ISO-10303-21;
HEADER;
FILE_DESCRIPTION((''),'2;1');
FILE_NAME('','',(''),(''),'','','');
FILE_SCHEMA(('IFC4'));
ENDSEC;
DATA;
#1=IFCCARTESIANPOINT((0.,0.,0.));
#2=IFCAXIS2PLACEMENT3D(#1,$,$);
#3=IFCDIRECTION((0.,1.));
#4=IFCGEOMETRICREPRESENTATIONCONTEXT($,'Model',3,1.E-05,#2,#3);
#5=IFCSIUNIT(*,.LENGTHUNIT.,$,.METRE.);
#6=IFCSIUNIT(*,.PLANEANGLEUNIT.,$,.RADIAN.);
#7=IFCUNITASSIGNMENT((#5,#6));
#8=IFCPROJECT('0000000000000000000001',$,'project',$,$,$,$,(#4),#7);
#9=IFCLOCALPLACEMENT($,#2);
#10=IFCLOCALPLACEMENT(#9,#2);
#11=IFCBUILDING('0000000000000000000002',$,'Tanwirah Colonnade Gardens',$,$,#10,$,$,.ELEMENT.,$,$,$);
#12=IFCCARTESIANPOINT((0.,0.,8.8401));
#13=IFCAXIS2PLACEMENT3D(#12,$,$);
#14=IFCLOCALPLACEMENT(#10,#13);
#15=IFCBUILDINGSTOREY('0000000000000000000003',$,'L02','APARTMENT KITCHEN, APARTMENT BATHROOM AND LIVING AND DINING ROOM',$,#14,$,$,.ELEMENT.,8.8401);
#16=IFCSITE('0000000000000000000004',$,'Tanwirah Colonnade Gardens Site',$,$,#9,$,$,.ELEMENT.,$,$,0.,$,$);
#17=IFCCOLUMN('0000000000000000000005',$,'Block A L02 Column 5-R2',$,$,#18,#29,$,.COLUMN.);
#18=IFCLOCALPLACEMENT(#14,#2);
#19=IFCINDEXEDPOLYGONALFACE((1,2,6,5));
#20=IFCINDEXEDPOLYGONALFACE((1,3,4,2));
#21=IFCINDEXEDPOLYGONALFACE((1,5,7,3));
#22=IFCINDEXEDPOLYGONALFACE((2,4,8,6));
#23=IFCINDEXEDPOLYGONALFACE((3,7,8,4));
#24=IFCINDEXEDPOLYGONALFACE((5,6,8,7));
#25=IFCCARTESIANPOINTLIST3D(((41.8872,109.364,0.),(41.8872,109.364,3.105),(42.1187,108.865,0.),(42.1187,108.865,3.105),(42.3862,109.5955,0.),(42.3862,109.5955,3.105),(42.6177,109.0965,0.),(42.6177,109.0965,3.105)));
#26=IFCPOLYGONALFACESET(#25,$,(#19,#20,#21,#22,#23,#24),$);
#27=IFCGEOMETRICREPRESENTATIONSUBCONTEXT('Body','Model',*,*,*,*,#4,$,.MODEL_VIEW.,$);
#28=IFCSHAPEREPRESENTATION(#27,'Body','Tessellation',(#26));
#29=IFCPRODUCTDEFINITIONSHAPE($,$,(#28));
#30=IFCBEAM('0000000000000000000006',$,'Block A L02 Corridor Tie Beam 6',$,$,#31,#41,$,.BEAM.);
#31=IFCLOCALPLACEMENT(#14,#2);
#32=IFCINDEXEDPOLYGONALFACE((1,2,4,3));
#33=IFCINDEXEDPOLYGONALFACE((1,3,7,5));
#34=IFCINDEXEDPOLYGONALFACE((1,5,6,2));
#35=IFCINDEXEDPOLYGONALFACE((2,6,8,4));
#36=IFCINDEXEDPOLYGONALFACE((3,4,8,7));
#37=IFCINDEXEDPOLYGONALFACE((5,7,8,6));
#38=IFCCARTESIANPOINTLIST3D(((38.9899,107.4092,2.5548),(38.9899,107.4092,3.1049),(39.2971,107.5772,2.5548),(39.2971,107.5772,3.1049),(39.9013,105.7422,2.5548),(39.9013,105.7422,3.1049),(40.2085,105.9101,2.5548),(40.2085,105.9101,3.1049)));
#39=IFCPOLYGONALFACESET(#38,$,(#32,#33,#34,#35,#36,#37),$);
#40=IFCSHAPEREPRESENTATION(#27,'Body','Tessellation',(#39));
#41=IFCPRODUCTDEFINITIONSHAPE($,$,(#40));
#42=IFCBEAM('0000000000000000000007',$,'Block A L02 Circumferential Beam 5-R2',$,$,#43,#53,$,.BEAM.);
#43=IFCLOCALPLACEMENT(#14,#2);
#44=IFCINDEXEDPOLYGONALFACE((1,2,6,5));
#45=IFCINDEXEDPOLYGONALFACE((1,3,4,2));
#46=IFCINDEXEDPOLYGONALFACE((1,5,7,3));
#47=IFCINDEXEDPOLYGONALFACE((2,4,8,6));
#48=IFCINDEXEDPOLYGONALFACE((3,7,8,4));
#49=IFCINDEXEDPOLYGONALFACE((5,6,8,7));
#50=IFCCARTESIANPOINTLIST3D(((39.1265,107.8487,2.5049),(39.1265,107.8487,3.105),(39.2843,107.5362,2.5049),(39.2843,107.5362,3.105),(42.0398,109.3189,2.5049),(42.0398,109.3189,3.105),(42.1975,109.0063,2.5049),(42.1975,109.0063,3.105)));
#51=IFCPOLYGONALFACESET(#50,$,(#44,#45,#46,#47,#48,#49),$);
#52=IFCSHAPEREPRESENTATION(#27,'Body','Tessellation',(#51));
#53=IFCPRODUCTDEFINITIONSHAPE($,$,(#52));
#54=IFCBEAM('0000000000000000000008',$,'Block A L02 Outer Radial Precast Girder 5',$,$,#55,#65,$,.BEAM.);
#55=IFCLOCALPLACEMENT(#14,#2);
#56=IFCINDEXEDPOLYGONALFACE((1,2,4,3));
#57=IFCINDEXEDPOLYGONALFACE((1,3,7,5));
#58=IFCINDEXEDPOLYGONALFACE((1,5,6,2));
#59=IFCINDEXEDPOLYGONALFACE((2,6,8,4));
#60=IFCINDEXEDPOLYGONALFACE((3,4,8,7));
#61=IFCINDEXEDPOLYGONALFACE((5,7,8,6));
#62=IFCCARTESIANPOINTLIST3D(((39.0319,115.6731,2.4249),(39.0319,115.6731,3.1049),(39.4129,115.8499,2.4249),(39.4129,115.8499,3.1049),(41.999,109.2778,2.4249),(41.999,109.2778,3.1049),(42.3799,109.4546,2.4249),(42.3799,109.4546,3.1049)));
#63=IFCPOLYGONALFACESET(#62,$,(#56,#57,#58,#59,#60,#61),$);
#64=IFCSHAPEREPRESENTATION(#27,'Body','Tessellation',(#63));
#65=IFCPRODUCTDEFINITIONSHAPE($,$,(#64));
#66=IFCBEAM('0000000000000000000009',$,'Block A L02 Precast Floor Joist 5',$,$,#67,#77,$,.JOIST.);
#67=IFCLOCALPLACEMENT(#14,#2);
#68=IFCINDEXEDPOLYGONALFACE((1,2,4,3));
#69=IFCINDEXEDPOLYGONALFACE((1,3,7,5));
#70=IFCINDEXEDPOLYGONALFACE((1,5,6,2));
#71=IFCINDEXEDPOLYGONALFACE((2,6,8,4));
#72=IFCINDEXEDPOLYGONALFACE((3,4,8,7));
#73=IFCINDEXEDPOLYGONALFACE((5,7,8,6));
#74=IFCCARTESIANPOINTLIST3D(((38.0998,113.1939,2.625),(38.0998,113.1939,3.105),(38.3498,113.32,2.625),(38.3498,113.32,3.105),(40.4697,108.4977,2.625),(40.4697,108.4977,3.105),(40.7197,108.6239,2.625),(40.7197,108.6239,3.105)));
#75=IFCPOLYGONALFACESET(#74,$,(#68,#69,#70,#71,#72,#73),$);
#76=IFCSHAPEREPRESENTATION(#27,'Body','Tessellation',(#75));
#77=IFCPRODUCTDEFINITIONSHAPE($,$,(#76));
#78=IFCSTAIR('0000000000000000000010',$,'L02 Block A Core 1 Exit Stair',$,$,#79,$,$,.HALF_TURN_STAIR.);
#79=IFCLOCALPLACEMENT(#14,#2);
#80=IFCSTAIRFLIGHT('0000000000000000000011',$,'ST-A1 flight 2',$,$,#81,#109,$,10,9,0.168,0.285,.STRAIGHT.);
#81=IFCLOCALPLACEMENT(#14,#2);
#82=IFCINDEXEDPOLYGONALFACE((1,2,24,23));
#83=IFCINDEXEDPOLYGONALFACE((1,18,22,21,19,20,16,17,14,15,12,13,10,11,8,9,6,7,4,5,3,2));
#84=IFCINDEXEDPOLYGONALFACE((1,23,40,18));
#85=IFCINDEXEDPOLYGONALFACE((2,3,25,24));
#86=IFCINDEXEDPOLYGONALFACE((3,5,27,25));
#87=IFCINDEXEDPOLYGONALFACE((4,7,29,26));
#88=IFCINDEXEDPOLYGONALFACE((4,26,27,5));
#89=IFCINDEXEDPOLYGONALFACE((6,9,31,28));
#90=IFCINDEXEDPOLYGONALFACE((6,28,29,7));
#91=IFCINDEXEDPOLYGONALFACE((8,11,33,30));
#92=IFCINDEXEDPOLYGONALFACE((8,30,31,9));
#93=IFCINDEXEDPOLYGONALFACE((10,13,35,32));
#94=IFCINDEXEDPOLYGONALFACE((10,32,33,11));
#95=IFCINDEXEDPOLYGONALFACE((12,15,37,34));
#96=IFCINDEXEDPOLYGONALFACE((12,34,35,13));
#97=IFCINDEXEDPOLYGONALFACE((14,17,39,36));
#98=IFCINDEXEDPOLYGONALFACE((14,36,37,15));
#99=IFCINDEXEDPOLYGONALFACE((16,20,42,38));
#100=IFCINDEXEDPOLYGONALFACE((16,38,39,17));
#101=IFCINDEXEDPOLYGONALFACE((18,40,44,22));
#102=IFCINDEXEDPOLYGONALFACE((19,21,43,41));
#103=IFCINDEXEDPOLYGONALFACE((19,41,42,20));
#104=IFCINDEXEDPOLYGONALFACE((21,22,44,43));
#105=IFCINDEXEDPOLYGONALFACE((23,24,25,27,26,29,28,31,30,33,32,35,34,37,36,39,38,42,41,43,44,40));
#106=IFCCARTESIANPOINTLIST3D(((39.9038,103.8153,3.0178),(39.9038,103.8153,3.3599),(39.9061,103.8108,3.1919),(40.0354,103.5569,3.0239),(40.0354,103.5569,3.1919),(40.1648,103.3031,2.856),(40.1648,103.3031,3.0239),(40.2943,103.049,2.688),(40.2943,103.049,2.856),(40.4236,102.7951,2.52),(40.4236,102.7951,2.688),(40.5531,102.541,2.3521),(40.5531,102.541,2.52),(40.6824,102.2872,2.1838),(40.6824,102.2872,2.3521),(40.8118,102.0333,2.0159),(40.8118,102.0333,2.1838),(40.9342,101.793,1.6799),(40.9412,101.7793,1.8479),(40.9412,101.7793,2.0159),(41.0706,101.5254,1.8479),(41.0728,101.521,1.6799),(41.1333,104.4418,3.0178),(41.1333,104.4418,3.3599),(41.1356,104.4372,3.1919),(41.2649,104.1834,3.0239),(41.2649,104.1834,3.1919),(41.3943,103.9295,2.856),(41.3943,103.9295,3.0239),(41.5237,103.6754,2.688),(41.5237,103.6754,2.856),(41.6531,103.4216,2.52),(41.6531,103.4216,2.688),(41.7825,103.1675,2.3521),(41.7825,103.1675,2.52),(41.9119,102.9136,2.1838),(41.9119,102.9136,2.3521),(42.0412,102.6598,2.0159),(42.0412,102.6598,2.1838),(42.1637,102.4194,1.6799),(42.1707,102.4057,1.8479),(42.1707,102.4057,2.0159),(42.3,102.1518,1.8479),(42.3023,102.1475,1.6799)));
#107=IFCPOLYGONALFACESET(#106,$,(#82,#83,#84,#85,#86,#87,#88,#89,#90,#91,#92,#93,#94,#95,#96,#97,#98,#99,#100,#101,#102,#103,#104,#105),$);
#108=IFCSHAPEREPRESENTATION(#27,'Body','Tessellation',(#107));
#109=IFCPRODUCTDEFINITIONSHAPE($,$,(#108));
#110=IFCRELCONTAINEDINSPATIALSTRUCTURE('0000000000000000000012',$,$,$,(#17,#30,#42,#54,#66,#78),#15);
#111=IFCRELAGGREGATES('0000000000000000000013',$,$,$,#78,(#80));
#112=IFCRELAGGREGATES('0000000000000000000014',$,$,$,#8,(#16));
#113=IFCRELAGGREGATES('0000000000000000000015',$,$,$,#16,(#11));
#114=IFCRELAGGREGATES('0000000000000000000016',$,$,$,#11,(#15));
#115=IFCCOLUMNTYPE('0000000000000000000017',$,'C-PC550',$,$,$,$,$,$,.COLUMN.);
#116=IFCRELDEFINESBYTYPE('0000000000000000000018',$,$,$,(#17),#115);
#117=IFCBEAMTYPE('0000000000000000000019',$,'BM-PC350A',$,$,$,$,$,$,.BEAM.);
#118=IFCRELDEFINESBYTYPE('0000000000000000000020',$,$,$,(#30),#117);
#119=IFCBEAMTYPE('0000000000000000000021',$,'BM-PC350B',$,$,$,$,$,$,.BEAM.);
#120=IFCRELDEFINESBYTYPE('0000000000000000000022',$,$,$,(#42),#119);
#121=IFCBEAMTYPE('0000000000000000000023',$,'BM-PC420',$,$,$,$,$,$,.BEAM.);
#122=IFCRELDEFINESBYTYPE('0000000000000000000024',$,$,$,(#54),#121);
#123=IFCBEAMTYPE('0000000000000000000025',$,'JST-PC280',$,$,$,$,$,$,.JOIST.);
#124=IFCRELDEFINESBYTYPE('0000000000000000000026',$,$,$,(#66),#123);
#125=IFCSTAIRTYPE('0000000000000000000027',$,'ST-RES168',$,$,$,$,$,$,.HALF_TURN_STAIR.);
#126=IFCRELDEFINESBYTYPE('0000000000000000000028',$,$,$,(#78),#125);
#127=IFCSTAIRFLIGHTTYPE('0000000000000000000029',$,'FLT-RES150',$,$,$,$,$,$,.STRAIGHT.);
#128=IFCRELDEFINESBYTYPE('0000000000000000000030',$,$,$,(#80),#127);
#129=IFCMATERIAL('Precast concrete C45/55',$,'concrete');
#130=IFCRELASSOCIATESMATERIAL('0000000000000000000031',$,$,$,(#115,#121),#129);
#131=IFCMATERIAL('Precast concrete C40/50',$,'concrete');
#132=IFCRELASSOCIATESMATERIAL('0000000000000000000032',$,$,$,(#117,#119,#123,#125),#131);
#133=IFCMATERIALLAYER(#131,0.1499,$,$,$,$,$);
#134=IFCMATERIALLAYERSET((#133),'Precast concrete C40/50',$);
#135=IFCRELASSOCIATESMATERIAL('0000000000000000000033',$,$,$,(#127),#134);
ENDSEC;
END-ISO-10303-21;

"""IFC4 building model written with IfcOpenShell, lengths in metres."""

from ifc_helpers import new_model, si_unit, direction, frame, origin, origin_2d, place, context, subcontext, project, spatial, polyline, rectangle, outline, extrude, material, layer, layer_set, material_profile, profile_set, type_object, element, aggregate, save


model = new_model("IFC4")

# Units and contexts
model_context = context("Model", 3, precision=1e-05, world=origin(), true_north=direction((0.0, 1.0)))
body_context = subcontext(model_context, "Body", "Model", "MODEL_VIEW")
ifc_project = project(units=[si_unit("LENGTHUNIT", "METRE"), si_unit("PLANEANGLEUNIT", "RADIAN")], contexts=[model_context])

# Site, building, storey
site_placement = place(None, origin())
site = spatial("IfcSite", under=ifc_project, at=site_placement, Name="Tanwirah Colonnade Gardens Site", CompositionType="ELEMENT", RefElevation=0.0)
building_placement = place(site_placement, origin())
building = spatial("IfcBuilding", under=site, at=building_placement, Name="Tanwirah Colonnade Gardens", CompositionType="ELEMENT")
storey_placement = place(building_placement, frame((0.0, 0.0, 8.8401)))
storey = spatial("IfcBuildingStorey", under=building, at=storey_placement, Name="L02", Description="APARTMENT KITCHEN, APARTMENT BATHROOM AND LIVING AND DINING ROOM", CompositionType="ELEMENT", Elevation=8.8401)

# Column
ifc_material_1 = material(Name="Precast concrete C45/55", Category="concrete")
ifc_material_profile_1 = material_profile(ifc_material_1, rectangle(XDim=0.55, YDim=0.55, at=origin_2d()), Name="PC-COL 550x550")
ifc_profile_set_1 = profile_set([ifc_material_profile_1], Name="Precast concrete C45/55")
column_type = type_object("IfcColumnType", Name="C-PC550", PredefinedType="COLUMN", material=ifc_profile_set_1)
column_placement = place(storey_placement, frame((42.2524, 109.2302, 0.0), z_axis=(0.0, 0.0, 1.0), x_axis=(-0.42086, 0.907126, 0.0)))
element("IfcColumn", 1, at=column_placement, inside=storey, type_object=column_type, Name="Block A L02 Column 5-R2", PredefinedType="COLUMN", context=body_context, shape_type="SweptSolid", body=[
    extrude(rectangle(XDim=0.55, YDim=0.55, at=origin_2d()), origin(), (0.0, 0.0, 1.0), 3.105),
])

# Beams
ifc_material_2 = material(Name="Precast concrete C40/50", Category="concrete")
ifc_material_profile_2 = material_profile(ifc_material_2, rectangle(XDim=0.3501, YDim=0.55, at=origin_2d()), Name="PC-BM 350x550")
ifc_profile_set_2 = profile_set([ifc_material_profile_2], Name="Precast concrete C40/50")
beam_type_1 = type_object("IfcBeamType", Name="BM-PC350A", PredefinedType="BEAM", material=ifc_profile_set_2)
beam_1_placement = place(storey_placement, frame((40.0549, 105.8262, 2.8298), z_axis=(-0.479707, 0.877429, 0.0), x_axis=(-0.877429, -0.479707, 0.0)))
element("IfcBeam", 2, at=beam_1_placement, inside=storey, type_object=beam_type_1, Name="Block A L02 Corridor Tie Beam 6", PredefinedType="BEAM", context=body_context, shape_type="SweptSolid", body=[
    extrude(rectangle(XDim=0.3501, YDim=0.55, at=origin_2d()), origin(), (0.0, 0.0, 1.0), 1.8999),
])
ifc_material_profile_3 = material_profile(ifc_material_2, rectangle(XDim=0.3501, YDim=0.6001, at=origin_2d()), Name="PC-BM 350x600")
ifc_profile_set_3 = profile_set([ifc_material_profile_3], Name="Precast concrete C40/50")
beam_type_2 = type_object("IfcBeamType", Name="BM-PC350B", PredefinedType="BEAM", material=ifc_profile_set_3)
beam_2_placement = place(storey_placement, frame((42.1187, 109.1626, 2.8049), z_axis=(-0.89276, -0.450532, 0.0), x_axis=(0.450532, -0.89276, 0.0)))
element("IfcBeam", 3, at=beam_2_placement, inside=storey, type_object=beam_type_2, Name="Block A L02 Circumferential Beam 5-R2", PredefinedType="BEAM", context=body_context, shape_type="SweptSolid", body=[
    extrude(rectangle(XDim=0.3501, YDim=0.6001, at=origin_2d()), origin(), (0.0, 0.0, 1.0), 3.2632),
])
ifc_material_profile_4 = material_profile(ifc_material_1, rectangle(XDim=0.4199, YDim=0.6799, at=origin_2d()), Name="PC-BM 420x680")
ifc_profile_set_4 = profile_set([ifc_material_profile_4], Name="Precast concrete C45/55")
beam_type_3 = type_object("IfcBeamType", Name="BM-PC420", PredefinedType="BEAM", material=ifc_profile_set_4)
beam_3_placement = place(storey_placement, frame((42.1895, 109.3662, 2.7649), z_axis=(-0.420856, 0.907128, 0.0), x_axis=(-0.907128, -0.420856, 0.0)))
element("IfcBeam", 4, at=beam_3_placement, inside=storey, type_object=beam_type_3, Name="Block A L02 Outer Radial Precast Girder 5", PredefinedType="BEAM", context=body_context, shape_type="SweptSolid", body=[
    extrude(rectangle(XDim=0.4199, YDim=0.6799, at=origin_2d()), origin(), (0.0, 0.0, 1.0), 7.05),
])
ifc_material_profile_5 = material_profile(ifc_material_2, rectangle(XDim=0.28, YDim=0.48, at=origin_2d()), Name="PC-JST 280x480")
ifc_profile_set_5 = profile_set([ifc_material_profile_5], Name="Precast concrete C40/50")
beam_type_4 = type_object("IfcBeamType", Name="JST-PC280", PredefinedType="JOIST", material=ifc_profile_set_5)
beam_4_placement = place(storey_placement, frame((40.5947, 108.5608, 2.865), z_axis=(-0.450534, 0.892759, 0.0), x_axis=(-0.892759, -0.450534, 0.0)))
element("IfcBeam", 5, at=beam_4_placement, inside=storey, type_object=beam_type_4, Name="Block A L02 Precast Floor Joist 5", PredefinedType="JOIST", context=body_context, shape_type="SweptSolid", body=[
    extrude(rectangle(XDim=0.28, YDim=0.48, at=origin_2d()), origin(), (0.0, 0.0, 1.0), 5.2603),
])

# Stair, stair flight
stair_type = type_object("IfcStairType", Name="ST-RES168", PredefinedType="HALF_TURN_STAIR", material=ifc_material_2)
stair_placement = place(storey_placement, origin())
stair = element("IfcStair", 6, at=stair_placement, inside=storey, type_object=stair_type, Name="L02 Block A Core 1 Exit Stair", PredefinedType="HALF_TURN_STAIR")
ifc_layer_1 = layer(ifc_material_2, 0.1499)
ifc_layer_set_1 = layer_set([ifc_layer_1], Name="Precast concrete C40/50")
stair_flight_type = type_object("IfcStairFlightType", Name="FLT-RES150", PredefinedType="STRAIGHT", material=ifc_layer_set_1)
stair_flight_placement = place(storey_placement, frame((41.6853, 101.8386, 1.6799), z_axis=(0.0, 0.0, 1.0), x_axis=(-0.45399, 0.891007, 0.0)))
stair_flight = element("IfcStairFlight", 7, at=stair_flight_placement, type_object=stair_flight_type, Name="ST-A1 flight 2", NumberOfRisers=10, NumberOfTreads=9, PredefinedType="STRAIGHT", RiserHeight=0.168, TreadLength=0.285, context=body_context, shape_type="SweptSolid", body=[
    extrude(outline(polyline([(-0.0049, 0.0), (0.0, 0.168), (0.2849, 0.168), (0.2849, 0.3359), (0.5701, 0.3359), (0.5701, 0.5039), (0.855, 0.5039), (0.855, 0.6721), (1.1399, 0.6721), (1.1399, 0.8401), (1.425, 0.8401), (1.425, 1.0081), (1.71, 1.0081), (1.71, 1.176), (1.9951, 1.176), (1.9951, 1.344), (2.28, 1.344), (2.28, 1.512), (2.5649, 1.512), (2.5701, 1.6799), (2.5701, 1.3379), (0.3003, 0.0), (-0.0049, 0.0)])), frame((0.0, 0.6899, 0.0), z_axis=(0.0, -1.0, 0.0), x_axis=(1.0, 0.0, 0.0)), (0.0, 0.0, 1.0), 1.3799),
])
aggregate(stair, [stair_flight])

save(model, "model.ifc")
